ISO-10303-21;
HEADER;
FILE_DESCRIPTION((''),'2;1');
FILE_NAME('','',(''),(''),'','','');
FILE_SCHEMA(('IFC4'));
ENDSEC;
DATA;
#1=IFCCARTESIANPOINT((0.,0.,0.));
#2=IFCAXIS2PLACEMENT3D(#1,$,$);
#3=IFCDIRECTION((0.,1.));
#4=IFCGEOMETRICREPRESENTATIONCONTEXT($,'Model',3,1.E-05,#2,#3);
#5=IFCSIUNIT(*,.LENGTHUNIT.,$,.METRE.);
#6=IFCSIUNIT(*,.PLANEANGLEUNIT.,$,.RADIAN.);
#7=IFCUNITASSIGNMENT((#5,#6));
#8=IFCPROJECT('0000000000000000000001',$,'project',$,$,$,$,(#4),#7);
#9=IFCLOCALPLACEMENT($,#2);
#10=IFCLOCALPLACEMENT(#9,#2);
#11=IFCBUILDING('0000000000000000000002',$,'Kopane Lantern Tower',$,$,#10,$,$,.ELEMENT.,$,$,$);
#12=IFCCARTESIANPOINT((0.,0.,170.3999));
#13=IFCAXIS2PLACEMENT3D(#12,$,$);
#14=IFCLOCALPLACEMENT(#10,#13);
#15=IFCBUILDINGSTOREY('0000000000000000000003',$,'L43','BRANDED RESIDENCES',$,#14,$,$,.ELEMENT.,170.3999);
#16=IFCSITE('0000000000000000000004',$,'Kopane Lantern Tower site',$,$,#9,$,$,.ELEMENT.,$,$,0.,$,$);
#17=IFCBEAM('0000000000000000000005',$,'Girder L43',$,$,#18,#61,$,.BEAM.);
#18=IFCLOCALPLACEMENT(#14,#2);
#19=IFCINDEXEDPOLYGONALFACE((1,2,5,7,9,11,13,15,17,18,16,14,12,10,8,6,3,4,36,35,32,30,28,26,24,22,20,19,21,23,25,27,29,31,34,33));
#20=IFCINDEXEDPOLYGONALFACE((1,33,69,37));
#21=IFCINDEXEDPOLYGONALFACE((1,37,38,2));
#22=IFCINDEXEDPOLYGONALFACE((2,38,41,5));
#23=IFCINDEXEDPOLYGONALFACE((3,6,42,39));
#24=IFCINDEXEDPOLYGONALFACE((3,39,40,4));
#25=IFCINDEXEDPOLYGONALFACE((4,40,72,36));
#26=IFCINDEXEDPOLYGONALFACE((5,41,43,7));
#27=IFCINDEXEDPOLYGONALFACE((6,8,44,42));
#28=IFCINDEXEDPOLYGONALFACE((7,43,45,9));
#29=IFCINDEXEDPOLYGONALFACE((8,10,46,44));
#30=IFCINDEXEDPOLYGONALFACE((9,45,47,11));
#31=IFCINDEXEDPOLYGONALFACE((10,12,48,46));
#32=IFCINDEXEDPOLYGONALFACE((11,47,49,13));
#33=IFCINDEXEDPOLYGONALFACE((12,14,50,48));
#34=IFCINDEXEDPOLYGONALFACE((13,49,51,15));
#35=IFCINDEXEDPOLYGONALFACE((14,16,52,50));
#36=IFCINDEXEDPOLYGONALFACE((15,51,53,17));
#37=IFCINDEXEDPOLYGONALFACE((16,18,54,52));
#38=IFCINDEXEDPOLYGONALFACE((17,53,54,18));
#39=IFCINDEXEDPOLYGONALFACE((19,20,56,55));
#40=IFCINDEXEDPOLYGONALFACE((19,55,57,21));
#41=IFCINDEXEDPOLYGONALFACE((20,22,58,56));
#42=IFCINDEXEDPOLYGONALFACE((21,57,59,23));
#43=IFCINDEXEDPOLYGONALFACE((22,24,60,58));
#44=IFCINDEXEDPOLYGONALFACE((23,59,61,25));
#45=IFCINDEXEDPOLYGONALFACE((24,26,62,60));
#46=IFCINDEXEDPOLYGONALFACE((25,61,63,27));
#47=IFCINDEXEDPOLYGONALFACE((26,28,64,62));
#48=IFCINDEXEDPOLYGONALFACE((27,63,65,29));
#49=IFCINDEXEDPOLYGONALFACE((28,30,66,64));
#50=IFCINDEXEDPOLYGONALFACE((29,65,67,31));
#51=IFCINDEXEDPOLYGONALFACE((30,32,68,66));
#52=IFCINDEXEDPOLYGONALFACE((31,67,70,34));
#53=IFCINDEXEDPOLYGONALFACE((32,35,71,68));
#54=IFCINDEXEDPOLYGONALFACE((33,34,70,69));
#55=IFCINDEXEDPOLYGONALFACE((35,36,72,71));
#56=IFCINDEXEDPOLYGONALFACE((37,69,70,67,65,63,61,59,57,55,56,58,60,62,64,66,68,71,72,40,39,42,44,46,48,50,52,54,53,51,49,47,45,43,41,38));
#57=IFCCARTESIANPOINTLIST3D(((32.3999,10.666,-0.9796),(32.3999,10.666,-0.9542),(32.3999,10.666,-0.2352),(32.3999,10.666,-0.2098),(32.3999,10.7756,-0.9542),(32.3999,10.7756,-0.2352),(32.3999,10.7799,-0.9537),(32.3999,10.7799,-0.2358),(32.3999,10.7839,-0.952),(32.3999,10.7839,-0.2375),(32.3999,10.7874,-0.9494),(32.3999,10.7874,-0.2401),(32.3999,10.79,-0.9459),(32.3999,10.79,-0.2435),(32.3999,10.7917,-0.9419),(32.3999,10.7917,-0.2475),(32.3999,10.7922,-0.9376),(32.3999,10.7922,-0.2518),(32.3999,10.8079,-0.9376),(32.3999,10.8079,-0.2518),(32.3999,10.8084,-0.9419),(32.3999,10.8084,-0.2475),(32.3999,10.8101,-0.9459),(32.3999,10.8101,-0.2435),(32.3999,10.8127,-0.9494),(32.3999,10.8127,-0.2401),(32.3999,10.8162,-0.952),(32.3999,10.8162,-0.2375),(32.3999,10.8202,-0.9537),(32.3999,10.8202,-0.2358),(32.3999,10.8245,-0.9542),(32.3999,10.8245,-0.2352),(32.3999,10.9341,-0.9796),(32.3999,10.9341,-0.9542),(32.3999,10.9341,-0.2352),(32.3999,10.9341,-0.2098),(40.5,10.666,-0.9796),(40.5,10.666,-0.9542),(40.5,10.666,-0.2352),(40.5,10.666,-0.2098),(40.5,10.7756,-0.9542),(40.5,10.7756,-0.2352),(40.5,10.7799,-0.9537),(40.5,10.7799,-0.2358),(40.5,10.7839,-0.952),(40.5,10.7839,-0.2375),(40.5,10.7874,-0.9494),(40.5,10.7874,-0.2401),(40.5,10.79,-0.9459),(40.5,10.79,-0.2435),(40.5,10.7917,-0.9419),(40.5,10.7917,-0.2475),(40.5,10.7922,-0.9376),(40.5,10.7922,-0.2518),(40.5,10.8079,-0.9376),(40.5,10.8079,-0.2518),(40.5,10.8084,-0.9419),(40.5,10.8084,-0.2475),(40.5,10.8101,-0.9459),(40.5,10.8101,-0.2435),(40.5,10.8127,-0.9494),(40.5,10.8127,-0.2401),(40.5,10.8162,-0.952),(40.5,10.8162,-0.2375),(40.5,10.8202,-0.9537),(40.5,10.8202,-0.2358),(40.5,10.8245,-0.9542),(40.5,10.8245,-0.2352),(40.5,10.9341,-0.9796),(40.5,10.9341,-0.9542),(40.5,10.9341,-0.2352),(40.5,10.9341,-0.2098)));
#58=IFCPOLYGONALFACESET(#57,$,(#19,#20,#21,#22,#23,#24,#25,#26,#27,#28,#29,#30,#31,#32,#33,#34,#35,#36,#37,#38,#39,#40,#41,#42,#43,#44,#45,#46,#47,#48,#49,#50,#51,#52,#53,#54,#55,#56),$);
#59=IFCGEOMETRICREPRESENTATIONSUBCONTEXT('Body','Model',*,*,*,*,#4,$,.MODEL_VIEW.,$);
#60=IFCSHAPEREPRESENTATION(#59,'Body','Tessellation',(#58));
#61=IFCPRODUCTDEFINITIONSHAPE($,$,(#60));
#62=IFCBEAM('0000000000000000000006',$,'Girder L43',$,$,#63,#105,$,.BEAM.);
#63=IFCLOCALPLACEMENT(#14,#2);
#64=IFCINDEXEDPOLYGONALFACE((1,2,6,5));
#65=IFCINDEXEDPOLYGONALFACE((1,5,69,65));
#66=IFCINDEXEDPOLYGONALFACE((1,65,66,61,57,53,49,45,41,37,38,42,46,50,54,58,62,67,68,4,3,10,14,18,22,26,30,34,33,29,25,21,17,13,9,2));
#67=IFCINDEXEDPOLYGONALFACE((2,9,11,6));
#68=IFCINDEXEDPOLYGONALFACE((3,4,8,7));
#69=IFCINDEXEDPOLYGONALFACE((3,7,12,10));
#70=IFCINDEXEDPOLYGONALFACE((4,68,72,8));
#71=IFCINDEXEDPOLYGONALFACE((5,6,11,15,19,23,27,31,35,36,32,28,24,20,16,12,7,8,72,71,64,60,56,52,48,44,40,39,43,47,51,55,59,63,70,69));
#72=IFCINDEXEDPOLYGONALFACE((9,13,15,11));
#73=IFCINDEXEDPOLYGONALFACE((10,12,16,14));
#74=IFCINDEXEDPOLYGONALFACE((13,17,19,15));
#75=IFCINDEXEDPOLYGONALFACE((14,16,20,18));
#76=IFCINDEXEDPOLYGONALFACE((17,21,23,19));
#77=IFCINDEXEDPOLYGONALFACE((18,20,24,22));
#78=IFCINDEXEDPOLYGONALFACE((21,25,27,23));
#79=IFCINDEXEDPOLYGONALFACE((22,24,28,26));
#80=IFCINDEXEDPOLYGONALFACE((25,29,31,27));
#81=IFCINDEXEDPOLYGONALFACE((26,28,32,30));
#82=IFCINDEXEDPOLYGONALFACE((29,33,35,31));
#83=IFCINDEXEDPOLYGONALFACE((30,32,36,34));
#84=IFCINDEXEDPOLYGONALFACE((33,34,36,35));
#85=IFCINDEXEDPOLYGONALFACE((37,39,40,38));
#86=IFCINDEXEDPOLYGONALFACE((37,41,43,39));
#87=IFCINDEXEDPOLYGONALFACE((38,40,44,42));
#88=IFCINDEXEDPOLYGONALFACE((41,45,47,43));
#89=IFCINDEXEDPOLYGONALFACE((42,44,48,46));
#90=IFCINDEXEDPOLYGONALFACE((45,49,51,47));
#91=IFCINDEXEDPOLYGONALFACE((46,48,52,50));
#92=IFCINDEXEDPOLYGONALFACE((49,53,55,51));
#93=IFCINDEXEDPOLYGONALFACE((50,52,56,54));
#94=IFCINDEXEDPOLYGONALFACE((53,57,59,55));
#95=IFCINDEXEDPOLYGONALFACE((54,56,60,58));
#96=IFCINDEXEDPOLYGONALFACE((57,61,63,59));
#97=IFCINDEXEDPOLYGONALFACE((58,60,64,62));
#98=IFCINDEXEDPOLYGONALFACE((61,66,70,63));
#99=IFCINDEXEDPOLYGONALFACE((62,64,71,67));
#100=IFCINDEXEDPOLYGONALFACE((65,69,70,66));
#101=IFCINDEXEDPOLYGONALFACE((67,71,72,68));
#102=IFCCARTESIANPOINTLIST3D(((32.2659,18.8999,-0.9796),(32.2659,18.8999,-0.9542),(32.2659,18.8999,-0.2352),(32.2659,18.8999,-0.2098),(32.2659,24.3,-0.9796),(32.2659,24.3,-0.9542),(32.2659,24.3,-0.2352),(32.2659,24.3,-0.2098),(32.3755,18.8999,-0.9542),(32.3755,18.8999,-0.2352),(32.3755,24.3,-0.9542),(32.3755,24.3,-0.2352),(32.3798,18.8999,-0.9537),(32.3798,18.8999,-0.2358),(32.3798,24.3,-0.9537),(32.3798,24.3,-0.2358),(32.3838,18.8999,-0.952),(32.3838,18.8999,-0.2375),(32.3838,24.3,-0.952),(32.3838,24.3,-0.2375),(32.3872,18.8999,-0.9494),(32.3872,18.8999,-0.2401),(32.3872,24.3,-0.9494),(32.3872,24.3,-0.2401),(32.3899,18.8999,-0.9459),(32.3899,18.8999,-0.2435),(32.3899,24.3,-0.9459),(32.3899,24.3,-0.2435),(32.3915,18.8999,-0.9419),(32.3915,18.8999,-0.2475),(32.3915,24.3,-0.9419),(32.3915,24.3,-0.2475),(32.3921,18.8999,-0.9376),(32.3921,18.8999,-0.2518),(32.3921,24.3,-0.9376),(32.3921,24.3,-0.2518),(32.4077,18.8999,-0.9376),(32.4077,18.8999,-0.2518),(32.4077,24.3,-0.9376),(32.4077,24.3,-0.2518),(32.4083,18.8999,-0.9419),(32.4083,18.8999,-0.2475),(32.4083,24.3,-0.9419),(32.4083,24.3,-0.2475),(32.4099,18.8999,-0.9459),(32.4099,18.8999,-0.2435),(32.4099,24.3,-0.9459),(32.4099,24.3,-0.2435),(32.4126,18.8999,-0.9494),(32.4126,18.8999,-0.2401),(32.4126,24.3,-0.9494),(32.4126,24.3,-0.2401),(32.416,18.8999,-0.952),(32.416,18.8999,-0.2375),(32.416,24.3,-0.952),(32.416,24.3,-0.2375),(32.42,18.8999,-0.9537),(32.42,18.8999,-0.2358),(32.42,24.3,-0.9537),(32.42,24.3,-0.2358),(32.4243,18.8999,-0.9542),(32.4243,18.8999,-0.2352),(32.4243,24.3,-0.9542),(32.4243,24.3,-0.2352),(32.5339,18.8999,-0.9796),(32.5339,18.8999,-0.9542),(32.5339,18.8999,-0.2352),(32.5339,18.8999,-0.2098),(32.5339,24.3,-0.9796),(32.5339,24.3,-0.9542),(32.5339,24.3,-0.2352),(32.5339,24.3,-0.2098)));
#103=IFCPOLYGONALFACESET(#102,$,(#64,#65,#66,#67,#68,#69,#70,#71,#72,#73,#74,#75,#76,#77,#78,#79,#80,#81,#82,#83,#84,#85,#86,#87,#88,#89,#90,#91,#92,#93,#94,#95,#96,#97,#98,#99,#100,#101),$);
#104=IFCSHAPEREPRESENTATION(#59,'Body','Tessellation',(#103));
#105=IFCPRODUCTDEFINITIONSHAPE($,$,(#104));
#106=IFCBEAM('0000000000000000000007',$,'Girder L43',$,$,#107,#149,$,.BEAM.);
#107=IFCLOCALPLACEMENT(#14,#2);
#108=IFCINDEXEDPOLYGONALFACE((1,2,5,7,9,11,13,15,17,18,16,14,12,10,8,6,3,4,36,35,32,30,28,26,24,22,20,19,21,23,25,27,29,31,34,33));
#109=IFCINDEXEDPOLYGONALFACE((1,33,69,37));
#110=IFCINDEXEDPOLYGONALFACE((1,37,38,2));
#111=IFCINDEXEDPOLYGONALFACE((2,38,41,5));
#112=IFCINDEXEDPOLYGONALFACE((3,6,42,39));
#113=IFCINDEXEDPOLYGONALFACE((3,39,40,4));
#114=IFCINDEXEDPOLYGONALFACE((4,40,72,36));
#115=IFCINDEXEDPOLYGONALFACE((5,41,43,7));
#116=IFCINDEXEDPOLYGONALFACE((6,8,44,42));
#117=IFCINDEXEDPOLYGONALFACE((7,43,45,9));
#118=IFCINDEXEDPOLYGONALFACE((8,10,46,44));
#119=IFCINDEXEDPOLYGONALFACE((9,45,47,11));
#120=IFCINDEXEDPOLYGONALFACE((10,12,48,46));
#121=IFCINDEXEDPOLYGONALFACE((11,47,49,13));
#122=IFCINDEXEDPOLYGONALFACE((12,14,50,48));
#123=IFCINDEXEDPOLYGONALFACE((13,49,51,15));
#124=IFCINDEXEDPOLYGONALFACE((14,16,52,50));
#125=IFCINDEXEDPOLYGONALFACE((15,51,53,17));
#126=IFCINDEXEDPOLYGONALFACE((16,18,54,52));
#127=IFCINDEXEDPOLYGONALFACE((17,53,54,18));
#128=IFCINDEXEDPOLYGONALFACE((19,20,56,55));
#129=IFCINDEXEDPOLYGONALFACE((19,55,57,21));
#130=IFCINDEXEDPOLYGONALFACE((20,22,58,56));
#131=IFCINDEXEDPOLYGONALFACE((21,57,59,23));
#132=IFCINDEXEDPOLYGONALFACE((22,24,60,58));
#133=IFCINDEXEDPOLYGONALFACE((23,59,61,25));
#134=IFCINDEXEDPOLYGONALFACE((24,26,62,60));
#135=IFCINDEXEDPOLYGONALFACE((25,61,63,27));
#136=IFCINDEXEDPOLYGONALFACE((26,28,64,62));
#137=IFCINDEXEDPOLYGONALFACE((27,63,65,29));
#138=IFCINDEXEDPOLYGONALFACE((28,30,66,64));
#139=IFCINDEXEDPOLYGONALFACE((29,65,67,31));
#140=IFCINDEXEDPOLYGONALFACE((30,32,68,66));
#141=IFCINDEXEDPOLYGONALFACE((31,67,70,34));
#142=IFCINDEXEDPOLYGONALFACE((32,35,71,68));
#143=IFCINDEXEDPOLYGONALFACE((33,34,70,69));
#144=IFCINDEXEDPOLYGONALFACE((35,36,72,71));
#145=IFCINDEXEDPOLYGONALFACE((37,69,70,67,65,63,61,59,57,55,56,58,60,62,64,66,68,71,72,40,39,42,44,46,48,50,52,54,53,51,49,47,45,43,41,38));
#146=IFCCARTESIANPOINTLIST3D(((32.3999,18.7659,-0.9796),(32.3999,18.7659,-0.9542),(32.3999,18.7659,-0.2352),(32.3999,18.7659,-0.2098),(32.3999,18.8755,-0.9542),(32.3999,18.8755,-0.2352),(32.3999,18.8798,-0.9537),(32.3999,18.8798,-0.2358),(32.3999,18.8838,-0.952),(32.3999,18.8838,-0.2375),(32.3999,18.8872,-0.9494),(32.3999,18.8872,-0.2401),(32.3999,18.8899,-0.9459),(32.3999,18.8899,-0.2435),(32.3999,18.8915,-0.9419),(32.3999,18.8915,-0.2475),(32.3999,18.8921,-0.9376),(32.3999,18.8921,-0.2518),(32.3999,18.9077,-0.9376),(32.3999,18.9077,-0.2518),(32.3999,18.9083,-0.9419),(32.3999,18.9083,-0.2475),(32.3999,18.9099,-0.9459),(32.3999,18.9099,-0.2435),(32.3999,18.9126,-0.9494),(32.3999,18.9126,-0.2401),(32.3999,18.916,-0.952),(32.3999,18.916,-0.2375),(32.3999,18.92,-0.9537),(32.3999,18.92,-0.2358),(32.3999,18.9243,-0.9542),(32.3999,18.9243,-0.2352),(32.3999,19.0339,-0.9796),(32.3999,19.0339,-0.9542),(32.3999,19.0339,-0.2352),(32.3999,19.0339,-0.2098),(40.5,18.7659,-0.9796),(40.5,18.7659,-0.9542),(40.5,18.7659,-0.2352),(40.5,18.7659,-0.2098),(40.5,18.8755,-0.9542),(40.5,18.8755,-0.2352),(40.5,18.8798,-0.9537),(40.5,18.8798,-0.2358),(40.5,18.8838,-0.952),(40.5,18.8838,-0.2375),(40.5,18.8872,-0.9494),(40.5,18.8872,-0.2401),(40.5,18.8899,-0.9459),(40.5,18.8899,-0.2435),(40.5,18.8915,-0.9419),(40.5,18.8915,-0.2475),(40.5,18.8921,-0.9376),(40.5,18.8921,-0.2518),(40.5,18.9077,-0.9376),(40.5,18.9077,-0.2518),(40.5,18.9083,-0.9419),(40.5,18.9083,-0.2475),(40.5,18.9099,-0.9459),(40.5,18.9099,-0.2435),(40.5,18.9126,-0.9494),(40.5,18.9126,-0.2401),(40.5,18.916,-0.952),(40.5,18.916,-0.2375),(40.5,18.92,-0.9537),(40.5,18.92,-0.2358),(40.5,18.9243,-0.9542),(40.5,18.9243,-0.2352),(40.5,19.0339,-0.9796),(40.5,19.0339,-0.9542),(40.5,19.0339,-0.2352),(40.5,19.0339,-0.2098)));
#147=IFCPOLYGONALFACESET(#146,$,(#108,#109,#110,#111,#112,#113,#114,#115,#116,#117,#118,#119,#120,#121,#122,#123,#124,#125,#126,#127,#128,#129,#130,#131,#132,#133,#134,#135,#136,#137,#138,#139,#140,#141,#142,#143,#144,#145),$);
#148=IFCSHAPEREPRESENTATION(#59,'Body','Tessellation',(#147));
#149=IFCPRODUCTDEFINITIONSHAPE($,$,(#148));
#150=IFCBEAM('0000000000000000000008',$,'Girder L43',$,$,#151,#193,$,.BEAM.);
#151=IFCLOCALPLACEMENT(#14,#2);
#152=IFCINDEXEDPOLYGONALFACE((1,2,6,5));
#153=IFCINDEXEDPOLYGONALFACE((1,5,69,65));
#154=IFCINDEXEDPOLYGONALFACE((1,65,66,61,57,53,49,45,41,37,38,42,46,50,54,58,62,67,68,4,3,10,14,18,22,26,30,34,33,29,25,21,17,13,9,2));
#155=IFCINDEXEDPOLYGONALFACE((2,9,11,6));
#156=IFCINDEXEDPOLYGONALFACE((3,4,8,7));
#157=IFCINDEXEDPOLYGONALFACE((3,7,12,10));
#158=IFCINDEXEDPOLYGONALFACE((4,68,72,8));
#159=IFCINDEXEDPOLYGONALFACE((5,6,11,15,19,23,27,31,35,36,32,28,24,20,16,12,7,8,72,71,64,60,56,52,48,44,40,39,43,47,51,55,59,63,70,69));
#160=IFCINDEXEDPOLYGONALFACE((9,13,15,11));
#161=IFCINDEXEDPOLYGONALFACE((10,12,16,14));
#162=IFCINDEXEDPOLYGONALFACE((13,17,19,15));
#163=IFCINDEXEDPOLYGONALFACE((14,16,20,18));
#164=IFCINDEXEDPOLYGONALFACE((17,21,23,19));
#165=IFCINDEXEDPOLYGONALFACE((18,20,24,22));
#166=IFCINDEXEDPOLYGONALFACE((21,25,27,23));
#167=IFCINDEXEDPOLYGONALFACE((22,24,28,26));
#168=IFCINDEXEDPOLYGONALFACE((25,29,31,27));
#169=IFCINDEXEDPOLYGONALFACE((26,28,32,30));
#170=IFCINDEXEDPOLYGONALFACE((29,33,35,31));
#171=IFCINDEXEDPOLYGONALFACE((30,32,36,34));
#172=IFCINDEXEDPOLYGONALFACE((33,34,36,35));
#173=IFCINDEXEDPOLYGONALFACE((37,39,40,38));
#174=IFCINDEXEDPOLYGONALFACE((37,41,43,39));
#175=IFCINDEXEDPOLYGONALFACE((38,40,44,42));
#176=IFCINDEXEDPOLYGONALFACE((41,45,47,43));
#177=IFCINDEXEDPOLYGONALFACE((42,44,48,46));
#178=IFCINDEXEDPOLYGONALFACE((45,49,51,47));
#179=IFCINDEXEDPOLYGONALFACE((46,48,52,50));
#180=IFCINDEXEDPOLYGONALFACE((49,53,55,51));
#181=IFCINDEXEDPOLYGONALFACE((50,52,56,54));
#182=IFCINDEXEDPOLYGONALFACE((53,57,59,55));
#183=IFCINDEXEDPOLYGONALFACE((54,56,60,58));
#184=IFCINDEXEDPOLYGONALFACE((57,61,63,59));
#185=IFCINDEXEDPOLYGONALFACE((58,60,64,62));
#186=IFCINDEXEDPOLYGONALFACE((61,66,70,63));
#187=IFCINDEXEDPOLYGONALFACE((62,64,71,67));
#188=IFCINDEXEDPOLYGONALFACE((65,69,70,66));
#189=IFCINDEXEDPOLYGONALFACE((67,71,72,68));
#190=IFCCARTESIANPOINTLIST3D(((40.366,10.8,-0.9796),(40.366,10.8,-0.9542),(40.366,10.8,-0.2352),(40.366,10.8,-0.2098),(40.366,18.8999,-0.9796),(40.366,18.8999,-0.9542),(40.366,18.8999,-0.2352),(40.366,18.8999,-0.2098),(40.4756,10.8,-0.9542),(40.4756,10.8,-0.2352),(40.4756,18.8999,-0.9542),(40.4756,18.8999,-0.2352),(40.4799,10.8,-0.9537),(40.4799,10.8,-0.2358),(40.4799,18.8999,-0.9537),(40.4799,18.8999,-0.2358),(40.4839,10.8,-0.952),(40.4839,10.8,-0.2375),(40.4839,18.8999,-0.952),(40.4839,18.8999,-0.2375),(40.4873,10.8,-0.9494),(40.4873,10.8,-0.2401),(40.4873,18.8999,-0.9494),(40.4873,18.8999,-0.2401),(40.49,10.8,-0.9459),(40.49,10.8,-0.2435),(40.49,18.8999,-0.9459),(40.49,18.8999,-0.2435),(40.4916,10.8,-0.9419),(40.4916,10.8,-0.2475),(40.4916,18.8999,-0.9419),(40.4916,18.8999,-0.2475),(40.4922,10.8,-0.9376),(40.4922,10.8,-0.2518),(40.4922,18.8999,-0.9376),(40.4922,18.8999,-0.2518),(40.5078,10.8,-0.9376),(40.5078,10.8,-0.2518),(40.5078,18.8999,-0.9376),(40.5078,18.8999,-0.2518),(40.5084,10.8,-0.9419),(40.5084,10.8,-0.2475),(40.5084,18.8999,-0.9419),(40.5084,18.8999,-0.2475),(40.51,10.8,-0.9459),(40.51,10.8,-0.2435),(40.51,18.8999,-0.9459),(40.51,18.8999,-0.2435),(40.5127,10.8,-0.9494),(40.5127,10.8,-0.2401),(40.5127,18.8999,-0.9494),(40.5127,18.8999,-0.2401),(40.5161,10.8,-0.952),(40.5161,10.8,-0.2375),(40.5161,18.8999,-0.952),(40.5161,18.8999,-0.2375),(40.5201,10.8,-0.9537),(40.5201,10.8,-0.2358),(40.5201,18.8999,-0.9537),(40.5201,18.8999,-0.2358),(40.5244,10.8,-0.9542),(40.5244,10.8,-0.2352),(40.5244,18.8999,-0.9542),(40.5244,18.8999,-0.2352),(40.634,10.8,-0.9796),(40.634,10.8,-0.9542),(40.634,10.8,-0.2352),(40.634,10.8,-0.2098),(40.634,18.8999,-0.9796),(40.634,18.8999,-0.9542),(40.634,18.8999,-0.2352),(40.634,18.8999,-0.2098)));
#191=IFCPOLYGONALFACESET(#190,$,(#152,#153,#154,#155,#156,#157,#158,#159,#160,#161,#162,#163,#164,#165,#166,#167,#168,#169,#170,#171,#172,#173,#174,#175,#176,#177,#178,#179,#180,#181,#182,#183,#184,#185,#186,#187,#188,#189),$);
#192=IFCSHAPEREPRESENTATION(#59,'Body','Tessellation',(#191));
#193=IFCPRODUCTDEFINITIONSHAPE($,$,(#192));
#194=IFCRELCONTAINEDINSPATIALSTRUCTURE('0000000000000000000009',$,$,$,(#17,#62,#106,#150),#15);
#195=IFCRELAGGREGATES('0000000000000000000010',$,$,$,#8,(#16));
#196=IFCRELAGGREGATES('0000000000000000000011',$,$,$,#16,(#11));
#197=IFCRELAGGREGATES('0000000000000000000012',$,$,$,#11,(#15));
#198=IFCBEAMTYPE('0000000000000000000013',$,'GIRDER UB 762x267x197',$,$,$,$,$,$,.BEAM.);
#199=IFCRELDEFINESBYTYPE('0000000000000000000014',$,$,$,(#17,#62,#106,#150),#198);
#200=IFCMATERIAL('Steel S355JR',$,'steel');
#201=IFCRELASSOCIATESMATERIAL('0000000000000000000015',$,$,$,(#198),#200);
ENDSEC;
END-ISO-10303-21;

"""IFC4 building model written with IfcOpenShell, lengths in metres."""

from ifc_helpers import new_model, si_unit, direction, frame, origin, origin_2d, place, context, subcontext, project, spatial, i_section, extrude, material, material_profile, profile_set, type_object, element, save


model = new_model("IFC4")

# Units and contexts
model_context = context("Model", 3, precision=1e-05, world=origin(), true_north=direction((0.0, 1.0)))
body_context = subcontext(model_context, "Body", "Model", "MODEL_VIEW")
ifc_project = project(units=[si_unit("LENGTHUNIT", "METRE"), si_unit("PLANEANGLEUNIT", "RADIAN")], contexts=[model_context])

# Site, building, storey
site_placement = place(None, origin())
site = spatial("IfcSite", under=ifc_project, at=site_placement, Name="Kopane Lantern Tower site", CompositionType="ELEMENT", RefElevation=0.0)
building_placement = place(site_placement, origin())
building = spatial("IfcBuilding", under=site, at=building_placement, Name="Kopane Lantern Tower", CompositionType="ELEMENT")
storey_placement = place(building_placement, frame((0.0, 0.0, 170.3999)))
storey = spatial("IfcBuildingStorey", under=building, at=storey_placement, Name="L43", Description="BRANDED RESIDENCES", CompositionType="ELEMENT", Elevation=170.3999)

# Beams
ifc_material_1 = material(Name="Steel S355JR", Category="steel")
ifc_material_profile_1 = material_profile(ifc_material_1, i_section(OverallWidth=0.2681, OverallDepth=0.7698, WebThickness=0.0156, FlangeThickness=0.0254, FilletRadius=0.0166, at=origin_2d()), Name="UB 762x267x197")
ifc_profile_set_1 = profile_set([ifc_material_profile_1], Name="Steel S355JR")
beam_type = type_object("IfcBeamType", Name="GIRDER UB 762x267x197", PredefinedType="BEAM", material=ifc_profile_set_1)
beam_1_placement = place(storey_placement, frame((32.3999, 10.8, -0.5947), z_axis=(1.0, 0.0, 0.0), x_axis=(0.0, 1.0, 0.0)))
element("IfcBeam", 1, at=beam_1_placement, inside=storey, type_object=beam_type, Name="Girder L43", PredefinedType="BEAM", context=body_context, shape_type="SweptSolid", body=[
    extrude(i_section(OverallWidth=0.2681, OverallDepth=0.7698, WebThickness=0.0156, FlangeThickness=0.0254, FilletRadius=0.0166, at=origin_2d()), origin(), (0.0, 0.0, 1.0), 8.1001),
])
beam_2_placement = place(storey_placement, frame((32.3999, 18.8999, -0.5947), z_axis=(0.0, 1.0, 0.0), x_axis=(-1.0, 0.0, 0.0)))
element("IfcBeam", 2, at=beam_2_placement, inside=storey, type_object=beam_type, Name="Girder L43", PredefinedType="BEAM", context=body_context, shape_type="SweptSolid", body=[
    extrude(i_section(OverallWidth=0.2681, OverallDepth=0.7698, WebThickness=0.0156, FlangeThickness=0.0254, FilletRadius=0.0166, at=origin_2d()), origin(), (0.0, 0.0, 1.0), 5.4001),
])
beam_3_placement = place(storey_placement, frame((32.3999, 18.8999, -0.5947), z_axis=(1.0, 0.0, 0.0), x_axis=(0.0, 1.0, 0.0)))
element("IfcBeam", 3, at=beam_3_placement, inside=storey, type_object=beam_type, Name="Girder L43", PredefinedType="BEAM", context=body_context, shape_type="SweptSolid", body=[
    extrude(i_section(OverallWidth=0.2681, OverallDepth=0.7698, WebThickness=0.0156, FlangeThickness=0.0254, FilletRadius=0.0166, at=origin_2d()), origin(), (0.0, 0.0, 1.0), 8.1001),
])
beam_4_placement = place(storey_placement, frame((40.5, 10.8, -0.5947), z_axis=(0.0, 1.0, 0.0), x_axis=(-1.0, 0.0, 0.0)))
element("IfcBeam", 4, at=beam_4_placement, inside=storey, type_object=beam_type, Name="Girder L43", PredefinedType="BEAM", context=body_context, shape_type="SweptSolid", body=[
    extrude(i_section(OverallWidth=0.2681, OverallDepth=0.7698, WebThickness=0.0156, FlangeThickness=0.0254, FilletRadius=0.0166, at=origin_2d()), origin(), (0.0, 0.0, 1.0), 8.0999),
])

save(model, "model.ifc")
